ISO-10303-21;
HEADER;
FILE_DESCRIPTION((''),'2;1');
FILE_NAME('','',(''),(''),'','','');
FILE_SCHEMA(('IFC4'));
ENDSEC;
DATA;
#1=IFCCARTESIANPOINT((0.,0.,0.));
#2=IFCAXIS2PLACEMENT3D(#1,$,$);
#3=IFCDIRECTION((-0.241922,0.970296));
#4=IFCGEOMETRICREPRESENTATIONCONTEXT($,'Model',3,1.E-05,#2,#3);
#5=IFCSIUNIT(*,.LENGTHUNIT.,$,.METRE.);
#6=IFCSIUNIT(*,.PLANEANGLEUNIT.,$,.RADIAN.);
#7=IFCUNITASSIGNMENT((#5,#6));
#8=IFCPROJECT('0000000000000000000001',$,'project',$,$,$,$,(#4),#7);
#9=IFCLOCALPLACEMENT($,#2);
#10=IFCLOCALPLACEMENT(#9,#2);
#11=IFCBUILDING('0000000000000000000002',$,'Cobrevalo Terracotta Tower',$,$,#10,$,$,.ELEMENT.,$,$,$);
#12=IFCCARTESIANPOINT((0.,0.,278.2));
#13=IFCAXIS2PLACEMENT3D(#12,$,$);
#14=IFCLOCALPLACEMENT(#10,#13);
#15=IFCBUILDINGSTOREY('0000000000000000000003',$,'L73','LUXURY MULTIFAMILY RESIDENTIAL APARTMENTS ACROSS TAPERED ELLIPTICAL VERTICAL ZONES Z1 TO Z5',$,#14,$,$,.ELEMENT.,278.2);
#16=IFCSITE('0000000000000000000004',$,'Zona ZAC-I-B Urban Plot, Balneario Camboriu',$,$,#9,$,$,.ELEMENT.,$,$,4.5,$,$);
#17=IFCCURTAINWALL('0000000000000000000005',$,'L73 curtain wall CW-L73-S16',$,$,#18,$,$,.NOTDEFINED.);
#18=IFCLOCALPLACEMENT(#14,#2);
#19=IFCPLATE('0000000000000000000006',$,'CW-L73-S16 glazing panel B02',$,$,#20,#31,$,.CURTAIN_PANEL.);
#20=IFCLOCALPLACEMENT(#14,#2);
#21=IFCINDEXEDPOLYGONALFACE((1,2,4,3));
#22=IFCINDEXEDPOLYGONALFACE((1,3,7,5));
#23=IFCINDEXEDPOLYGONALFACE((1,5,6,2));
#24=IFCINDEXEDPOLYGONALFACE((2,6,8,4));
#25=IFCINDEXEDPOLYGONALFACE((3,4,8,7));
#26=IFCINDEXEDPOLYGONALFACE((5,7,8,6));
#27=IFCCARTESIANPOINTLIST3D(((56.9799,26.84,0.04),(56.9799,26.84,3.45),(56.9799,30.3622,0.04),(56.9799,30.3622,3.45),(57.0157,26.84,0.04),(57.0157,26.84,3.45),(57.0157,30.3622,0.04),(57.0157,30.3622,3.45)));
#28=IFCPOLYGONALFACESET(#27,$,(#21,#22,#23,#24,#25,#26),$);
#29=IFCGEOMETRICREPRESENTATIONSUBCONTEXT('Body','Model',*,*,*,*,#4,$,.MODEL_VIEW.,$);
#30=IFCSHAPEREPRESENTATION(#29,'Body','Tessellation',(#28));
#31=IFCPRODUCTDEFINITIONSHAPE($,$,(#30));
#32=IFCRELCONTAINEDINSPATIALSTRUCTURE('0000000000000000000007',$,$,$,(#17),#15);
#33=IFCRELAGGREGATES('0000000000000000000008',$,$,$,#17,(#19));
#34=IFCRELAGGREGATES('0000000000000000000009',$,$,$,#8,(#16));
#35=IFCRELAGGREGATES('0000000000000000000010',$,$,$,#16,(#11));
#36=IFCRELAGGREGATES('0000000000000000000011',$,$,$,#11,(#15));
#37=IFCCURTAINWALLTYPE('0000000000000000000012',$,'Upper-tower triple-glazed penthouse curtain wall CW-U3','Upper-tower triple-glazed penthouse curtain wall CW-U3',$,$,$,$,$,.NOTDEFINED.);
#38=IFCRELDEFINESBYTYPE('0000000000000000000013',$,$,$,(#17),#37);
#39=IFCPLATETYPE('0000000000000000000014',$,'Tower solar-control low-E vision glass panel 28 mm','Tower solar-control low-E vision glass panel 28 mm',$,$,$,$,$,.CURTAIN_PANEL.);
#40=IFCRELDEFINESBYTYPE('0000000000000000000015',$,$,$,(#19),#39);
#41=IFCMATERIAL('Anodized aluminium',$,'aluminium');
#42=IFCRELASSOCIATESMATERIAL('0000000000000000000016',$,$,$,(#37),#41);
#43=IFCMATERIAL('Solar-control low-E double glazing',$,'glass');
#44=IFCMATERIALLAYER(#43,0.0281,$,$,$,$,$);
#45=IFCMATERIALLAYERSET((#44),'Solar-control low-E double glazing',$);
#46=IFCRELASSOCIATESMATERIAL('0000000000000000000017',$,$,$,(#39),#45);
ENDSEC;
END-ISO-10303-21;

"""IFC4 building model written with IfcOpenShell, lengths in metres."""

from ifc_helpers import new_model, si_unit, direction, frame, origin, origin_2d, place, context, subcontext, project, spatial, rectangle, extrude, source, transform, mapped, material, layer, layer_set, type_object, element, aggregate, save


model = new_model("IFC4")

# Units and contexts
model_context = context("Model", 3, precision=1e-05, world=origin(), true_north=direction((-0.241922, 0.970296)))
body_context = subcontext(model_context, "Body", "Model", "MODEL_VIEW")
ifc_project = project(units=[si_unit("LENGTHUNIT", "METRE"), si_unit("PLANEANGLEUNIT", "RADIAN")], contexts=[model_context])

# Site, building, storey
site_placement = place(None, origin())
site = spatial("IfcSite", under=ifc_project, at=site_placement, Name="Zona ZAC-I-B Urban Plot, Balneario Camboriu", CompositionType="ELEMENT", RefElevation=4.5)
building_placement = place(site_placement, origin())
building = spatial("IfcBuilding", under=site, at=building_placement, Name="Cobrevalo Terracotta Tower", CompositionType="ELEMENT")
storey_placement = place(building_placement, frame((0.0, 0.0, 278.2)))
storey = spatial("IfcBuildingStorey", under=building, at=storey_placement, Name="L73", Description="LUXURY MULTIFAMILY RESIDENTIAL APARTMENTS ACROSS TAPERED ELLIPTICAL VERTICAL ZONES Z1 TO Z5", CompositionType="ELEMENT", Elevation=278.2)

# Curtain wall
ifc_material_1 = material(Name="Anodized aluminium", Category="aluminium")
curtain_wall_type = type_object("IfcCurtainWallType", Name="Upper-tower triple-glazed penthouse curtain wall CW-U3", Description="Upper-tower triple-glazed penthouse curtain wall CW-U3", PredefinedType="NOTDEFINED", material=ifc_material_1)
curtain_wall_1_placement = place(storey_placement, origin())
curtain_wall_1 = element("IfcCurtainWall", 1, at=curtain_wall_1_placement, inside=storey, type_object=curtain_wall_type, Name="L73 curtain wall CW-L73-S16", PredefinedType="NOTDEFINED")

# Plate
ifc_material_2 = material(Name="Solar-control low-E double glazing", Category="glass")
ifc_layer_1 = layer(ifc_material_2, 0.0281)
ifc_layer_set_1 = layer_set([ifc_layer_1], Name="Solar-control low-E double glazing")
plate_type = type_object("IfcPlateType", Name="Tower solar-control low-E vision glass panel 28 mm", Description="Tower solar-control low-E vision glass panel 28 mm", PredefinedType="CURTAIN_PANEL", material=ifc_layer_set_1)
shared_shape_1 = source(origin(), body_context, "Body", "SweptSolid", [
    extrude(rectangle(XDim=3.5222, YDim=0.0359, at=origin_2d()), origin(), (0.0, 0.0, 1.0), 3.4099),
])
plate_1_placement = place(storey_placement, frame((56.9978, 28.6011, 0.04), z_axis=(0.0, 0.0, 1.0), x_axis=(0.0, 1.0, 0.0)))
plate_1 = element("IfcPlate", 2, at=plate_1_placement, type_object=plate_type, Name="CW-L73-S16 glazing panel B02", PredefinedType="CURTAIN_PANEL", context=body_context, shape_type="MappedRepresentation", body=[
    mapped(shared_shape_1, transform((0.0, 0.0, 0.0), scale=1.0)),
])
aggregate(curtain_wall_1, [plate_1])

save(model, "model.ifc")
